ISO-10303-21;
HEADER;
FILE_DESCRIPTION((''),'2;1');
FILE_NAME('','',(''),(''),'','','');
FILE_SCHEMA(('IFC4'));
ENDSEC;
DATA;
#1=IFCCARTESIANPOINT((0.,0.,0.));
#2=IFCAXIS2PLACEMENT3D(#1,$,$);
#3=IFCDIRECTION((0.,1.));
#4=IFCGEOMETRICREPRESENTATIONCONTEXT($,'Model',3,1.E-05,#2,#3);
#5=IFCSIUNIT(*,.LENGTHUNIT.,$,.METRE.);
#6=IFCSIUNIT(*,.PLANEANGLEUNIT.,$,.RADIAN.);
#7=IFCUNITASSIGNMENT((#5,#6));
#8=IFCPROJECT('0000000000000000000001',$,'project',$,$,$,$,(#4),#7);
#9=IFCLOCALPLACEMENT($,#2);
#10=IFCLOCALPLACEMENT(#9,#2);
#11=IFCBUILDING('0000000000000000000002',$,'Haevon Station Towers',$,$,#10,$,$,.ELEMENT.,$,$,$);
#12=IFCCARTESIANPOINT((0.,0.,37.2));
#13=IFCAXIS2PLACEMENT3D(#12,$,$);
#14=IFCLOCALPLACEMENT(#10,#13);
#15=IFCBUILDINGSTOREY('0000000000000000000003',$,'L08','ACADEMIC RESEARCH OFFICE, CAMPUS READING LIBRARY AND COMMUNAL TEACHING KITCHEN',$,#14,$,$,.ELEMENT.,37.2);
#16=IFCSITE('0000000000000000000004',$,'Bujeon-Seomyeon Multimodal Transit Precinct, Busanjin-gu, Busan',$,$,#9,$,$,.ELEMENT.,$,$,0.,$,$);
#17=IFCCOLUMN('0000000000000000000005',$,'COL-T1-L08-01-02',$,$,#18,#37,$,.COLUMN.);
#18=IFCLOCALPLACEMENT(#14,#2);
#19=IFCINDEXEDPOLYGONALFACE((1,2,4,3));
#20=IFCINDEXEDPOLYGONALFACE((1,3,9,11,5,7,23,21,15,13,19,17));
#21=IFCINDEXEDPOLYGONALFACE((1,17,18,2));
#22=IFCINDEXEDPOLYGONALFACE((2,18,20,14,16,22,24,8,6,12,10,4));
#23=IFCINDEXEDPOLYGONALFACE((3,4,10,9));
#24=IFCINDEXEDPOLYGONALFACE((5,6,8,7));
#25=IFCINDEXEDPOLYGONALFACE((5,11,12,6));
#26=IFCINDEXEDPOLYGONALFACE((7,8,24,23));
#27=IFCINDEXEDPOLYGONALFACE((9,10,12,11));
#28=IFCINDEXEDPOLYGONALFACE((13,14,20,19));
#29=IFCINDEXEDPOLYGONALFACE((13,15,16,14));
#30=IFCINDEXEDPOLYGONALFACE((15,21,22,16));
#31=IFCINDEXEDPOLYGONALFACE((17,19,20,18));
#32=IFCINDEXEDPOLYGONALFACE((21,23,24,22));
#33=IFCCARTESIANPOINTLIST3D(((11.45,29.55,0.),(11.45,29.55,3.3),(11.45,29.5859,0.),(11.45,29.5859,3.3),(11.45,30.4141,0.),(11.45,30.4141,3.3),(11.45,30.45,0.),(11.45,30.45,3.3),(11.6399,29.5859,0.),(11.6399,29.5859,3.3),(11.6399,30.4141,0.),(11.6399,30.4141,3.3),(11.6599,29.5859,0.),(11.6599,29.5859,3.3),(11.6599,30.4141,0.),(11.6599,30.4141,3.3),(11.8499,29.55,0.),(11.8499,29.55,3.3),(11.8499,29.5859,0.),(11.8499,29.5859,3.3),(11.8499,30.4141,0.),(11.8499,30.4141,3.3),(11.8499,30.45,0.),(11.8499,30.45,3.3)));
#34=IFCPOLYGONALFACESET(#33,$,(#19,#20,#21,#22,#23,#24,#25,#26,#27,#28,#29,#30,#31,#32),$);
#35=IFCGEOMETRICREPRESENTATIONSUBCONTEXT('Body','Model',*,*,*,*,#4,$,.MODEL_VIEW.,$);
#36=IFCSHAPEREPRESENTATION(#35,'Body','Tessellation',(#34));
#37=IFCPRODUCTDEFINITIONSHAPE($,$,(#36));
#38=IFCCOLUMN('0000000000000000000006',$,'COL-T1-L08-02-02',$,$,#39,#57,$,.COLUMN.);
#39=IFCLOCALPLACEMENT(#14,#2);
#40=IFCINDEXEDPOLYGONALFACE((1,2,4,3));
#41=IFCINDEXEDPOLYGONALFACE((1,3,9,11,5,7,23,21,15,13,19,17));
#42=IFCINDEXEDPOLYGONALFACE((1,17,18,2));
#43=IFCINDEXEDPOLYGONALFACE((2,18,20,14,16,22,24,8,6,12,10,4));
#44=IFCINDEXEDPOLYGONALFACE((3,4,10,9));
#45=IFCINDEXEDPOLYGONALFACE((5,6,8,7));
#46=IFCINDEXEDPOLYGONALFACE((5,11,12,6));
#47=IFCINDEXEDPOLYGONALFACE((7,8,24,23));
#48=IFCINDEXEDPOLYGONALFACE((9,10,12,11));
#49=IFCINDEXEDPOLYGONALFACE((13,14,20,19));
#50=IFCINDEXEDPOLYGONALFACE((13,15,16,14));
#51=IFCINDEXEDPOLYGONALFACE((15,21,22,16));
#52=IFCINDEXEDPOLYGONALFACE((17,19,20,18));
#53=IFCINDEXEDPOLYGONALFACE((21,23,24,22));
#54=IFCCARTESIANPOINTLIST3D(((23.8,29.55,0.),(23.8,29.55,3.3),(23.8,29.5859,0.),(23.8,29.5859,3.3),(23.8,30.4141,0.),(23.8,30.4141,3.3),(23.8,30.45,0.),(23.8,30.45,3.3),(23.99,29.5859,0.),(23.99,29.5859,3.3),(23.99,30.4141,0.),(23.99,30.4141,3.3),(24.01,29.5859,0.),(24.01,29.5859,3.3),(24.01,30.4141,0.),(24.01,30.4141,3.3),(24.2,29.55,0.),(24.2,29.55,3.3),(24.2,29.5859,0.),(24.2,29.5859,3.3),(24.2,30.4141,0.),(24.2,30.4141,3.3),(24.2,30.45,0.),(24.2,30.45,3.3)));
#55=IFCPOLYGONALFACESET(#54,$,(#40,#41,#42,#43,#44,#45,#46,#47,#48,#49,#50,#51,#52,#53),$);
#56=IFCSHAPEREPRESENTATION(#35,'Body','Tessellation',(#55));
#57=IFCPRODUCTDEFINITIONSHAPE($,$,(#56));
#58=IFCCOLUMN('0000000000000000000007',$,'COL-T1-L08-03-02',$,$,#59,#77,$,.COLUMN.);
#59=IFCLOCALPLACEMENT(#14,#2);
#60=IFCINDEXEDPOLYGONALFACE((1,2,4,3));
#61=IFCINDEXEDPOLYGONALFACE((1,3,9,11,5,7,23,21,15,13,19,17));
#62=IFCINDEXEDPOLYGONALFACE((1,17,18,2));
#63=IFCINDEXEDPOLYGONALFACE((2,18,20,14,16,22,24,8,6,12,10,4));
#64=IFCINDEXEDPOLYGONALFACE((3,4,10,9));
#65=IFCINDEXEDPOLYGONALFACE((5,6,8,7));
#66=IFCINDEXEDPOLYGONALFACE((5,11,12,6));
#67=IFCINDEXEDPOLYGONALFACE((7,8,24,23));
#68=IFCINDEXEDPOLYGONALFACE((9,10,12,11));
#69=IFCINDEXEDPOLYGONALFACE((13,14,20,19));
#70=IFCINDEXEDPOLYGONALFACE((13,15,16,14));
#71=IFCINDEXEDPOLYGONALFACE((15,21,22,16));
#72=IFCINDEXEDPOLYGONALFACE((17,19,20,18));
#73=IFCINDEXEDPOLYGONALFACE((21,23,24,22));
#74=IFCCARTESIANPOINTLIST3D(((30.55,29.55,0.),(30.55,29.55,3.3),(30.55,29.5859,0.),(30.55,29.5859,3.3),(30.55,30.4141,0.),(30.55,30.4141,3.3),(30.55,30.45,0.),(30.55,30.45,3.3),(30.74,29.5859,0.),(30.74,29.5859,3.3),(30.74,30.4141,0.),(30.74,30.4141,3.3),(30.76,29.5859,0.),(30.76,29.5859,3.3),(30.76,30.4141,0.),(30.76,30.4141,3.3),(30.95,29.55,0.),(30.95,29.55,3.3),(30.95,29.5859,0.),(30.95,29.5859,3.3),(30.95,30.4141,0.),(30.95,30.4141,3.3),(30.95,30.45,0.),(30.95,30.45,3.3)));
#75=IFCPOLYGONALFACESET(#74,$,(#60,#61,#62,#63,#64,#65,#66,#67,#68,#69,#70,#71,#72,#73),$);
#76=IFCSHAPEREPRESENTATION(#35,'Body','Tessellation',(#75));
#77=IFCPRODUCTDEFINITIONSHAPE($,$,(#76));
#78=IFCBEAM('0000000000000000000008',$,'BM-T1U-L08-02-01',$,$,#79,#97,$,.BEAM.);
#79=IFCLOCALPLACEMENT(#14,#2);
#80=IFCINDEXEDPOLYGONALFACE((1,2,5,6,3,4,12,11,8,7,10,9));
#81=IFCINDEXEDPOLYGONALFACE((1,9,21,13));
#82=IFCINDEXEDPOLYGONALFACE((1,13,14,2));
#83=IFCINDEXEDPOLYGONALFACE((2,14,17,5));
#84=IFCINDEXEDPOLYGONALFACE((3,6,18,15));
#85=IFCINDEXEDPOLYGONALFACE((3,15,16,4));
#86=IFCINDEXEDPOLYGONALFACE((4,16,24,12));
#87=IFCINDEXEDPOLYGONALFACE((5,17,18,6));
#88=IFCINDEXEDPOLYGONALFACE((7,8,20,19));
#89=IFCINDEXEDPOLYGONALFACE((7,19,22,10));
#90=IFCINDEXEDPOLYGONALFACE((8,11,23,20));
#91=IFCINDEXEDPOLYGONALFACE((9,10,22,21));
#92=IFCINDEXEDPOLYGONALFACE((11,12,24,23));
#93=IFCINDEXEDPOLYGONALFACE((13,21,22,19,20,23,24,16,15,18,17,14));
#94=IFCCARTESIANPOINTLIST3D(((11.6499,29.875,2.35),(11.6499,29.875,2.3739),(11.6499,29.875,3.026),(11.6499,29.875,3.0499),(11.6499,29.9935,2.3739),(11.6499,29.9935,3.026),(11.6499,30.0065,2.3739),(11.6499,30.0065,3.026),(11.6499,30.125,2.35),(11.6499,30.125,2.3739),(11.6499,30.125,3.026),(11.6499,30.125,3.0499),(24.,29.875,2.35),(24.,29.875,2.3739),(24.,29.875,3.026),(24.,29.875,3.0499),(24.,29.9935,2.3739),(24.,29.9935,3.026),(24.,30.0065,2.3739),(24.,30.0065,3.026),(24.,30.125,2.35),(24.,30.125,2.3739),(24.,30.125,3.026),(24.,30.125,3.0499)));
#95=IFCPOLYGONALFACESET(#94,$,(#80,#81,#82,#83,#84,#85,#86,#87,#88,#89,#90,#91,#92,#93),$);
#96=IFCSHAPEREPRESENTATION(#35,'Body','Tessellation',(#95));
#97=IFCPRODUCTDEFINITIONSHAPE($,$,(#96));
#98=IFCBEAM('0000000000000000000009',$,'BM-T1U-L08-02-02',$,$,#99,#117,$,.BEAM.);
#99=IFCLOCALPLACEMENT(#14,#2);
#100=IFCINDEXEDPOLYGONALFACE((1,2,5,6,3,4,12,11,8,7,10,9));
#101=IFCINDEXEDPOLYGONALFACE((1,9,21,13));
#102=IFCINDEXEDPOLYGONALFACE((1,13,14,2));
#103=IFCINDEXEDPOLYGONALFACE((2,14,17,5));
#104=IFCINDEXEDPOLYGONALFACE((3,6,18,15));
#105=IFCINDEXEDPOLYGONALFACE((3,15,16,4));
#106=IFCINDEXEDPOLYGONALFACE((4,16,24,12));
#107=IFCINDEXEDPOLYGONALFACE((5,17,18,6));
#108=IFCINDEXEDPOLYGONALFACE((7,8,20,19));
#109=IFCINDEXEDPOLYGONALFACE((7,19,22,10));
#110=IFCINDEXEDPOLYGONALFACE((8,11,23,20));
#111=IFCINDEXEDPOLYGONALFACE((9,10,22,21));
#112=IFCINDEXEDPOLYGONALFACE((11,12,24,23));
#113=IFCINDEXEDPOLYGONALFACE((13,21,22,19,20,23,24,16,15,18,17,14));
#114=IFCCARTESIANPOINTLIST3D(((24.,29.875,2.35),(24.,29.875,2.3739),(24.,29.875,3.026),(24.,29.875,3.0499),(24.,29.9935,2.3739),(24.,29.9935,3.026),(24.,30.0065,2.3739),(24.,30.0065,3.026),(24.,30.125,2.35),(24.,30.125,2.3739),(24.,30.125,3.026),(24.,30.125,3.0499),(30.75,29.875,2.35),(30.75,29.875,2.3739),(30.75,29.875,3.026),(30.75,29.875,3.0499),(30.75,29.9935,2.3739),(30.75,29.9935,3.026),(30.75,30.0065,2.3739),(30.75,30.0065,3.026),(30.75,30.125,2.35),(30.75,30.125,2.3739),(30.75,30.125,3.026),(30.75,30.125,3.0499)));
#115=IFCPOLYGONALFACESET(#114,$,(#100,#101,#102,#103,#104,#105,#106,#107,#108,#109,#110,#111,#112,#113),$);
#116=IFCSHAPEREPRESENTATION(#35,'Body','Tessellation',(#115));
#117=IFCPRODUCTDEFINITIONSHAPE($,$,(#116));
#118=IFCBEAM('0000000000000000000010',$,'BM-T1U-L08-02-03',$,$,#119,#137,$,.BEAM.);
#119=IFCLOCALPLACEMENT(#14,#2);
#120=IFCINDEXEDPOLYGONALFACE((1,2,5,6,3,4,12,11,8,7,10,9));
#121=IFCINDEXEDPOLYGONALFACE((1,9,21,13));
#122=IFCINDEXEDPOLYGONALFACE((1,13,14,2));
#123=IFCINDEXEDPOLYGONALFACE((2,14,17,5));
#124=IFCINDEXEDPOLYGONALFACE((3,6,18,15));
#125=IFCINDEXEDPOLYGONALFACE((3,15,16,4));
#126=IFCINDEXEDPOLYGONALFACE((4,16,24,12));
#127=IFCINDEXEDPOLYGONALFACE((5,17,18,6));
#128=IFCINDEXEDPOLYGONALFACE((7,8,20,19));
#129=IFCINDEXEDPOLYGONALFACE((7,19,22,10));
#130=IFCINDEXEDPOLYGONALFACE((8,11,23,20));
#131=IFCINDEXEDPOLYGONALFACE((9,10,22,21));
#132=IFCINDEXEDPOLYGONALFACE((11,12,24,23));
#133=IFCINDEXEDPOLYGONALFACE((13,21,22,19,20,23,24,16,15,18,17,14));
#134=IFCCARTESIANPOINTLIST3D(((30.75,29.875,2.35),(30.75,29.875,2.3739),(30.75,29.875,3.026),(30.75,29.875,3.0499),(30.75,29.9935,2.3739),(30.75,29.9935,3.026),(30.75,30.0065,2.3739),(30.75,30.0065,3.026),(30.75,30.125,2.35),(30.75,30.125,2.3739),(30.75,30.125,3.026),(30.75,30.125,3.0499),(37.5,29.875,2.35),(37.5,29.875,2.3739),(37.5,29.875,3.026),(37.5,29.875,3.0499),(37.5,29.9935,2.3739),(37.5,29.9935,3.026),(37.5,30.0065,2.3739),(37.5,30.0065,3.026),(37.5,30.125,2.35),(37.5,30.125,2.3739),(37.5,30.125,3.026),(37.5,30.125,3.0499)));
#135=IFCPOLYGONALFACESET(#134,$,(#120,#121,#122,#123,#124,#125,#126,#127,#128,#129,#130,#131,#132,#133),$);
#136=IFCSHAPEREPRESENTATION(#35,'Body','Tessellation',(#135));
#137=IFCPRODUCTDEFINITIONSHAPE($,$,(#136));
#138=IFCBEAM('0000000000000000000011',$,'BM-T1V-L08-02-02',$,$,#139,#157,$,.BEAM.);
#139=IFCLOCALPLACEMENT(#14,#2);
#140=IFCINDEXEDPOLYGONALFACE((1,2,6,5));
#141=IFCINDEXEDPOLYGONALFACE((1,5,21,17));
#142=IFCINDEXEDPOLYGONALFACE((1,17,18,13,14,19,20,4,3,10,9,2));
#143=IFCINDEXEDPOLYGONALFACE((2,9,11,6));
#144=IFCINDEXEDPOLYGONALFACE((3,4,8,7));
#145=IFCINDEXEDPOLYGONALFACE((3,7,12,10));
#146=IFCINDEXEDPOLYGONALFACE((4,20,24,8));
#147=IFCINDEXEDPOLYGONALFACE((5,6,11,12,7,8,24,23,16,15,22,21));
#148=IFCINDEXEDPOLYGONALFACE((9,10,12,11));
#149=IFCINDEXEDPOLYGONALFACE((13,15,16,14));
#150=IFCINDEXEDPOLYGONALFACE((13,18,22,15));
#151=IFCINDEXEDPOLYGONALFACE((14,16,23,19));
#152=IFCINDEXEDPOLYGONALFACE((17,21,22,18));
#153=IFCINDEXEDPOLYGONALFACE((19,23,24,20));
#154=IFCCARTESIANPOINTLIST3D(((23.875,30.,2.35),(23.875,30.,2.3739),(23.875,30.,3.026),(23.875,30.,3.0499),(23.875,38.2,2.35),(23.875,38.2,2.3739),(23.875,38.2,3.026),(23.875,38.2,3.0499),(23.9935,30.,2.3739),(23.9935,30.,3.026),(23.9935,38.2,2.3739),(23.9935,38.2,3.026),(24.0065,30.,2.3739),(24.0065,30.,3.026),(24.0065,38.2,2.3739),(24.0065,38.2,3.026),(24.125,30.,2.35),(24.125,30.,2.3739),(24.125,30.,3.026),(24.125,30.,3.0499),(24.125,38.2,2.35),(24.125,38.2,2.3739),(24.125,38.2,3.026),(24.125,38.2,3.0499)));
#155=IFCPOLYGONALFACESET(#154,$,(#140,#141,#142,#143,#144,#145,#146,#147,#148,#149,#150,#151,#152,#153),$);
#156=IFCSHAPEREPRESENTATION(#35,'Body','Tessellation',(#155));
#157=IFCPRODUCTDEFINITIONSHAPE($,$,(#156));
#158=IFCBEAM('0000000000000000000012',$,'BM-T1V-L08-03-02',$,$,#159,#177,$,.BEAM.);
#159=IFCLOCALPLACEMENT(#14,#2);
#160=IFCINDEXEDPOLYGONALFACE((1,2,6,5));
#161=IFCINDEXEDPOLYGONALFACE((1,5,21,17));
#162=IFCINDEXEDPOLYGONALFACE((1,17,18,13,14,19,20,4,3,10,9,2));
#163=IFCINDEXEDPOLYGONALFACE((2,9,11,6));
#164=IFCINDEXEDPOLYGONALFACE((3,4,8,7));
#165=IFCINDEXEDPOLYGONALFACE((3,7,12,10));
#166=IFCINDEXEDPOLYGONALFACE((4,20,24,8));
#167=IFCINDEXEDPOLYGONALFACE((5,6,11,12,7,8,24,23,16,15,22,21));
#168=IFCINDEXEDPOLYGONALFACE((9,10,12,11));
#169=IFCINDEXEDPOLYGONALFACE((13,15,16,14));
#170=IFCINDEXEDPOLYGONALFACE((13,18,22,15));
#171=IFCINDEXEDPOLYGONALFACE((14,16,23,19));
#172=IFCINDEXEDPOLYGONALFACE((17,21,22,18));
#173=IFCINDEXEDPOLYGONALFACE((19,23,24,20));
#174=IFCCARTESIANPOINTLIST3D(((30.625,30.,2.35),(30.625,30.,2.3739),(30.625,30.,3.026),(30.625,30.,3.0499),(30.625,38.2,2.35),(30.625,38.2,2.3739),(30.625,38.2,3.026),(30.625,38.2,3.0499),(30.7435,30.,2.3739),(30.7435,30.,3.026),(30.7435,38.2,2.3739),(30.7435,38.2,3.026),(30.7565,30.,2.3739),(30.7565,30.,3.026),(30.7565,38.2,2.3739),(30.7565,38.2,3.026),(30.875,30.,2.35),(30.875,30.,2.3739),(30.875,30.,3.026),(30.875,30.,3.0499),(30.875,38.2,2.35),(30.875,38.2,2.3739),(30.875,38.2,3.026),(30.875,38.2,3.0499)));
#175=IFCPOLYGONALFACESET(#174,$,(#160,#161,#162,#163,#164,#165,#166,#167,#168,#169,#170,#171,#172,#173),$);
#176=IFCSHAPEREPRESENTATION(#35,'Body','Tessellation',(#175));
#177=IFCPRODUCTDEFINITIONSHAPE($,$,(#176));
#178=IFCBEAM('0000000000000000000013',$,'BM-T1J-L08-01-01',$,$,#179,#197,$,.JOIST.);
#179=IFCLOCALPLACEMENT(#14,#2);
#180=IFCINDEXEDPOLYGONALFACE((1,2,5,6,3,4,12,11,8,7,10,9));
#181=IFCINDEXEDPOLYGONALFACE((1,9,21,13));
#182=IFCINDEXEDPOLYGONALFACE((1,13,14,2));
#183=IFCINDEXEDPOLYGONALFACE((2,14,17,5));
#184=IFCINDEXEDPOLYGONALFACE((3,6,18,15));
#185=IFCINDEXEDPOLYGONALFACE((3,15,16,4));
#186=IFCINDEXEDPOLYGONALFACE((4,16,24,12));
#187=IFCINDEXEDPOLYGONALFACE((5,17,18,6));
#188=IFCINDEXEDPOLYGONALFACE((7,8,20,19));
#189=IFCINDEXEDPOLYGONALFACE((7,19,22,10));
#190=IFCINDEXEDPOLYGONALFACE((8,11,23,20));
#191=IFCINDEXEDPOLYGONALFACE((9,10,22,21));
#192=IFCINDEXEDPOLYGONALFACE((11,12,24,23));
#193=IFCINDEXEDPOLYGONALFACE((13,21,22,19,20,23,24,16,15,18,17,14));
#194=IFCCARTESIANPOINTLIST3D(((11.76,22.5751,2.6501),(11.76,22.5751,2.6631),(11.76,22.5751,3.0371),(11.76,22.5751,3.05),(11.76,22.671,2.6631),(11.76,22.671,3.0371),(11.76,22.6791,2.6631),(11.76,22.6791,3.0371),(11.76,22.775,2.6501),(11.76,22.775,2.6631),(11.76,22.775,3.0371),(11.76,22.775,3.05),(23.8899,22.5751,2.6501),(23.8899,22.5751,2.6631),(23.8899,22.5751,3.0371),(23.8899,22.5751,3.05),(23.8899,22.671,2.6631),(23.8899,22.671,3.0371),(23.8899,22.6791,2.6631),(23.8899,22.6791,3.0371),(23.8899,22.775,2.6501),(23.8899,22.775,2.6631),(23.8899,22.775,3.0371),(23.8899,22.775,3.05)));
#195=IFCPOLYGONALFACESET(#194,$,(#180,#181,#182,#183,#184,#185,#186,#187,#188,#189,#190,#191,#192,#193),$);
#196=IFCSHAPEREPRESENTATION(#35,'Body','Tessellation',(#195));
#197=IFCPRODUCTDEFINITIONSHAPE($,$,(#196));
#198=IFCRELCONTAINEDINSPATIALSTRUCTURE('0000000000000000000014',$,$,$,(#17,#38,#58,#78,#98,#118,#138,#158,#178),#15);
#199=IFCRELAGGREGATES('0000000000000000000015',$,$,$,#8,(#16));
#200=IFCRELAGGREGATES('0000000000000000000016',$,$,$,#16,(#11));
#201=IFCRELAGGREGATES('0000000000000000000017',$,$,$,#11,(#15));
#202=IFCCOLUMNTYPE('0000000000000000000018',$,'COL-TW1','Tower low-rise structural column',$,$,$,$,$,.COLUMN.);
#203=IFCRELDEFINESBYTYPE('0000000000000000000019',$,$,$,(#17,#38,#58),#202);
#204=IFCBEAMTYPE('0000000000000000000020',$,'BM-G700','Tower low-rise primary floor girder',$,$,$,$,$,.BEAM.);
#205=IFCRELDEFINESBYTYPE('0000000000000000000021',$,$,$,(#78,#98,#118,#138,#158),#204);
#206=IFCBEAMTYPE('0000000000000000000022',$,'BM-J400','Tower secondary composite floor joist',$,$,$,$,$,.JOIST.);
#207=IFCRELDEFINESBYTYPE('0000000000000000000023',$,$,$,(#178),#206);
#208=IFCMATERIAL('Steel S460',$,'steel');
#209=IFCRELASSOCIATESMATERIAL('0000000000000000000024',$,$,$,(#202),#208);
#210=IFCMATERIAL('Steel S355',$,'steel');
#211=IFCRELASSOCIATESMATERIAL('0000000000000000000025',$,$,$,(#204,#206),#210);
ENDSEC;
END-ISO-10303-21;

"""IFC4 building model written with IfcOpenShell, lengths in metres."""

from ifc_helpers import new_model, si_unit, direction, frame, origin, origin_2d, place, context, subcontext, project, spatial, i_section, extrude, material, material_profile, profile_set, type_object, element, save


model = new_model("IFC4")

# Units and contexts
model_context = context("Model", 3, precision=1e-05, world=origin(), true_north=direction((0.0, 1.0)))
body_context = subcontext(model_context, "Body", "Model", "MODEL_VIEW")
ifc_project = project(units=[si_unit("LENGTHUNIT", "METRE"), si_unit("PLANEANGLEUNIT", "RADIAN")], contexts=[model_context])

# Site, building, storey
site_placement = place(None, origin())
site = spatial("IfcSite", under=ifc_project, at=site_placement, Name="Bujeon-Seomyeon Multimodal Transit Precinct, Busanjin-gu, Busan", CompositionType="ELEMENT", RefElevation=0.0)
building_placement = place(site_placement, origin())
building = spatial("IfcBuilding", under=site, at=building_placement, Name="Haevon Station Towers", CompositionType="ELEMENT")
storey_placement = place(building_placement, frame((0.0, 0.0, 37.2)))
storey = spatial("IfcBuildingStorey", under=building, at=storey_placement, Name="L08", Description="ACADEMIC RESEARCH OFFICE, CAMPUS READING LIBRARY AND COMMUNAL TEACHING KITCHEN", CompositionType="ELEMENT", Elevation=37.2)

# Columns
ifc_material_1 = material(Name="Steel S460", Category="steel")
ifc_material_profile_1 = material_profile(ifc_material_1, i_section(OverallWidth=0.3999, OverallDepth=0.8999, WebThickness=0.02, FlangeThickness=0.0359, at=origin_2d()), Name="H-900x400x20x36")
ifc_profile_set_1 = profile_set([ifc_material_profile_1], Name="Steel S460")
column_type = type_object("IfcColumnType", Name="COL-TW1", Description="Tower low-rise structural column", PredefinedType="COLUMN", material=ifc_profile_set_1)
for number, where, z_axis, x_axis, name in (
    (1, (11.6499, 30.0, 0.0), (0.0, 0.0, 1.0), (1.0, 0.0, 0.0), "COL-T1-L08-01-02"),
    (2, (24.0, 30.0, 0.0), (0.0, 0.0, 1.0), (1.0, 0.0, 0.0), "COL-T1-L08-02-02"),
    (3, (30.75, 30.0, 0.0), (0.0, 0.0, 1.0), (1.0, 0.0, 0.0), "COL-T1-L08-03-02"),
):
    element("IfcColumn", number, at=place(storey_placement, frame(where, z_axis=z_axis, x_axis=x_axis)), inside=storey, type_object=column_type, Name=name, PredefinedType="COLUMN", context=body_context, shape_type="SweptSolid", body=[
        extrude(i_section(OverallWidth=0.3999, OverallDepth=0.8999, WebThickness=0.02, FlangeThickness=0.0359, at=origin_2d()), origin(), (0.0, 0.0, 1.0), 3.3),
    ])

# Beams
ifc_material_2 = material(Name="Steel S355", Category="steel")
ifc_material_profile_2 = material_profile(ifc_material_2, i_section(OverallWidth=0.25, OverallDepth=0.7, WebThickness=0.0129, FlangeThickness=0.0239, at=origin_2d()), Name="H-700x250x13x24")
ifc_profile_set_2 = profile_set([ifc_material_profile_2], Name="Steel S355")
beam_type_1 = type_object("IfcBeamType", Name="BM-G700", Description="Tower low-rise primary floor girder", PredefinedType="BEAM", material=ifc_profile_set_2)
beam_1_placement = place(storey_placement, frame((11.6499, 30.0, 2.7), z_axis=(1.0, 0.0, 0.0), x_axis=(0.0, 1.0, 0.0)))
element("IfcBeam", 4, at=beam_1_placement, inside=storey, type_object=beam_type_1, Name="BM-T1U-L08-02-01", PredefinedType="BEAM", context=body_context, shape_type="SweptSolid", body=[
    extrude(i_section(OverallWidth=0.25, OverallDepth=0.7, WebThickness=0.0129, FlangeThickness=0.0239, at=origin_2d()), origin(), (0.0, 0.0, 1.0), 12.3501),
])
for number, where, z_axis, x_axis, name in (
    (5, (24.0, 30.0, 2.7), (1.0, 0.0, 0.0), (0.0, 1.0, 0.0), "BM-T1U-L08-02-02"),
    (6, (30.75, 30.0, 2.7), (1.0, 0.0, 0.0), (0.0, 1.0, 0.0), "BM-T1U-L08-02-03"),
):
    element("IfcBeam", number, at=place(storey_placement, frame(where, z_axis=z_axis, x_axis=x_axis)), inside=storey, type_object=beam_type_1, Name=name, PredefinedType="BEAM", context=body_context, shape_type="SweptSolid", body=[
        extrude(i_section(OverallWidth=0.25, OverallDepth=0.7, WebThickness=0.0129, FlangeThickness=0.0239, at=origin_2d()), origin(), (0.0, 0.0, 1.0), 6.75),
    ])
for number, where, z_axis, x_axis, name in (
    (7, (24.0, 30.0, 2.7), (0.0, 1.0, 0.0), (-1.0, 0.0, 0.0), "BM-T1V-L08-02-02"),
    (8, (30.75, 30.0, 2.7), (0.0, 1.0, 0.0), (-1.0, 0.0, 0.0), "BM-T1V-L08-03-02"),
):
    element("IfcBeam", number, at=place(storey_placement, frame(where, z_axis=z_axis, x_axis=x_axis)), inside=storey, type_object=beam_type_1, Name=name, PredefinedType="BEAM", context=body_context, shape_type="SweptSolid", body=[
        extrude(i_section(OverallWidth=0.25, OverallDepth=0.7, WebThickness=0.0129, FlangeThickness=0.0239, at=origin_2d()), origin(), (0.0, 0.0, 1.0), 8.2),
    ])
ifc_material_profile_3 = material_profile(ifc_material_2, i_section(OverallWidth=0.2, OverallDepth=0.3999, WebThickness=0.0081, FlangeThickness=0.0129, at=origin_2d()), Name="H-400x200x8x13")
ifc_profile_set_3 = profile_set([ifc_material_profile_3], Name="Steel S355")
beam_type_2 = type_object("IfcBeamType", Name="BM-J400", Description="Tower secondary composite floor joist", PredefinedType="JOIST", material=ifc_profile_set_3)
beam_2_placement = place(storey_placement, frame((11.76, 22.675, 2.8501), z_axis=(1.0, 0.0, 0.0), x_axis=(0.0, 1.0, 0.0)))
element("IfcBeam", 9, at=beam_2_placement, inside=storey, type_object=beam_type_2, Name="BM-T1J-L08-01-01", PredefinedType="JOIST", context=body_context, shape_type="SweptSolid", body=[
    extrude(i_section(OverallWidth=0.2, OverallDepth=0.3999, WebThickness=0.0081, FlangeThickness=0.0129, at=origin_2d()), origin(), (0.0, 0.0, 1.0), 12.1299),
])

save(model, "model.ifc")
